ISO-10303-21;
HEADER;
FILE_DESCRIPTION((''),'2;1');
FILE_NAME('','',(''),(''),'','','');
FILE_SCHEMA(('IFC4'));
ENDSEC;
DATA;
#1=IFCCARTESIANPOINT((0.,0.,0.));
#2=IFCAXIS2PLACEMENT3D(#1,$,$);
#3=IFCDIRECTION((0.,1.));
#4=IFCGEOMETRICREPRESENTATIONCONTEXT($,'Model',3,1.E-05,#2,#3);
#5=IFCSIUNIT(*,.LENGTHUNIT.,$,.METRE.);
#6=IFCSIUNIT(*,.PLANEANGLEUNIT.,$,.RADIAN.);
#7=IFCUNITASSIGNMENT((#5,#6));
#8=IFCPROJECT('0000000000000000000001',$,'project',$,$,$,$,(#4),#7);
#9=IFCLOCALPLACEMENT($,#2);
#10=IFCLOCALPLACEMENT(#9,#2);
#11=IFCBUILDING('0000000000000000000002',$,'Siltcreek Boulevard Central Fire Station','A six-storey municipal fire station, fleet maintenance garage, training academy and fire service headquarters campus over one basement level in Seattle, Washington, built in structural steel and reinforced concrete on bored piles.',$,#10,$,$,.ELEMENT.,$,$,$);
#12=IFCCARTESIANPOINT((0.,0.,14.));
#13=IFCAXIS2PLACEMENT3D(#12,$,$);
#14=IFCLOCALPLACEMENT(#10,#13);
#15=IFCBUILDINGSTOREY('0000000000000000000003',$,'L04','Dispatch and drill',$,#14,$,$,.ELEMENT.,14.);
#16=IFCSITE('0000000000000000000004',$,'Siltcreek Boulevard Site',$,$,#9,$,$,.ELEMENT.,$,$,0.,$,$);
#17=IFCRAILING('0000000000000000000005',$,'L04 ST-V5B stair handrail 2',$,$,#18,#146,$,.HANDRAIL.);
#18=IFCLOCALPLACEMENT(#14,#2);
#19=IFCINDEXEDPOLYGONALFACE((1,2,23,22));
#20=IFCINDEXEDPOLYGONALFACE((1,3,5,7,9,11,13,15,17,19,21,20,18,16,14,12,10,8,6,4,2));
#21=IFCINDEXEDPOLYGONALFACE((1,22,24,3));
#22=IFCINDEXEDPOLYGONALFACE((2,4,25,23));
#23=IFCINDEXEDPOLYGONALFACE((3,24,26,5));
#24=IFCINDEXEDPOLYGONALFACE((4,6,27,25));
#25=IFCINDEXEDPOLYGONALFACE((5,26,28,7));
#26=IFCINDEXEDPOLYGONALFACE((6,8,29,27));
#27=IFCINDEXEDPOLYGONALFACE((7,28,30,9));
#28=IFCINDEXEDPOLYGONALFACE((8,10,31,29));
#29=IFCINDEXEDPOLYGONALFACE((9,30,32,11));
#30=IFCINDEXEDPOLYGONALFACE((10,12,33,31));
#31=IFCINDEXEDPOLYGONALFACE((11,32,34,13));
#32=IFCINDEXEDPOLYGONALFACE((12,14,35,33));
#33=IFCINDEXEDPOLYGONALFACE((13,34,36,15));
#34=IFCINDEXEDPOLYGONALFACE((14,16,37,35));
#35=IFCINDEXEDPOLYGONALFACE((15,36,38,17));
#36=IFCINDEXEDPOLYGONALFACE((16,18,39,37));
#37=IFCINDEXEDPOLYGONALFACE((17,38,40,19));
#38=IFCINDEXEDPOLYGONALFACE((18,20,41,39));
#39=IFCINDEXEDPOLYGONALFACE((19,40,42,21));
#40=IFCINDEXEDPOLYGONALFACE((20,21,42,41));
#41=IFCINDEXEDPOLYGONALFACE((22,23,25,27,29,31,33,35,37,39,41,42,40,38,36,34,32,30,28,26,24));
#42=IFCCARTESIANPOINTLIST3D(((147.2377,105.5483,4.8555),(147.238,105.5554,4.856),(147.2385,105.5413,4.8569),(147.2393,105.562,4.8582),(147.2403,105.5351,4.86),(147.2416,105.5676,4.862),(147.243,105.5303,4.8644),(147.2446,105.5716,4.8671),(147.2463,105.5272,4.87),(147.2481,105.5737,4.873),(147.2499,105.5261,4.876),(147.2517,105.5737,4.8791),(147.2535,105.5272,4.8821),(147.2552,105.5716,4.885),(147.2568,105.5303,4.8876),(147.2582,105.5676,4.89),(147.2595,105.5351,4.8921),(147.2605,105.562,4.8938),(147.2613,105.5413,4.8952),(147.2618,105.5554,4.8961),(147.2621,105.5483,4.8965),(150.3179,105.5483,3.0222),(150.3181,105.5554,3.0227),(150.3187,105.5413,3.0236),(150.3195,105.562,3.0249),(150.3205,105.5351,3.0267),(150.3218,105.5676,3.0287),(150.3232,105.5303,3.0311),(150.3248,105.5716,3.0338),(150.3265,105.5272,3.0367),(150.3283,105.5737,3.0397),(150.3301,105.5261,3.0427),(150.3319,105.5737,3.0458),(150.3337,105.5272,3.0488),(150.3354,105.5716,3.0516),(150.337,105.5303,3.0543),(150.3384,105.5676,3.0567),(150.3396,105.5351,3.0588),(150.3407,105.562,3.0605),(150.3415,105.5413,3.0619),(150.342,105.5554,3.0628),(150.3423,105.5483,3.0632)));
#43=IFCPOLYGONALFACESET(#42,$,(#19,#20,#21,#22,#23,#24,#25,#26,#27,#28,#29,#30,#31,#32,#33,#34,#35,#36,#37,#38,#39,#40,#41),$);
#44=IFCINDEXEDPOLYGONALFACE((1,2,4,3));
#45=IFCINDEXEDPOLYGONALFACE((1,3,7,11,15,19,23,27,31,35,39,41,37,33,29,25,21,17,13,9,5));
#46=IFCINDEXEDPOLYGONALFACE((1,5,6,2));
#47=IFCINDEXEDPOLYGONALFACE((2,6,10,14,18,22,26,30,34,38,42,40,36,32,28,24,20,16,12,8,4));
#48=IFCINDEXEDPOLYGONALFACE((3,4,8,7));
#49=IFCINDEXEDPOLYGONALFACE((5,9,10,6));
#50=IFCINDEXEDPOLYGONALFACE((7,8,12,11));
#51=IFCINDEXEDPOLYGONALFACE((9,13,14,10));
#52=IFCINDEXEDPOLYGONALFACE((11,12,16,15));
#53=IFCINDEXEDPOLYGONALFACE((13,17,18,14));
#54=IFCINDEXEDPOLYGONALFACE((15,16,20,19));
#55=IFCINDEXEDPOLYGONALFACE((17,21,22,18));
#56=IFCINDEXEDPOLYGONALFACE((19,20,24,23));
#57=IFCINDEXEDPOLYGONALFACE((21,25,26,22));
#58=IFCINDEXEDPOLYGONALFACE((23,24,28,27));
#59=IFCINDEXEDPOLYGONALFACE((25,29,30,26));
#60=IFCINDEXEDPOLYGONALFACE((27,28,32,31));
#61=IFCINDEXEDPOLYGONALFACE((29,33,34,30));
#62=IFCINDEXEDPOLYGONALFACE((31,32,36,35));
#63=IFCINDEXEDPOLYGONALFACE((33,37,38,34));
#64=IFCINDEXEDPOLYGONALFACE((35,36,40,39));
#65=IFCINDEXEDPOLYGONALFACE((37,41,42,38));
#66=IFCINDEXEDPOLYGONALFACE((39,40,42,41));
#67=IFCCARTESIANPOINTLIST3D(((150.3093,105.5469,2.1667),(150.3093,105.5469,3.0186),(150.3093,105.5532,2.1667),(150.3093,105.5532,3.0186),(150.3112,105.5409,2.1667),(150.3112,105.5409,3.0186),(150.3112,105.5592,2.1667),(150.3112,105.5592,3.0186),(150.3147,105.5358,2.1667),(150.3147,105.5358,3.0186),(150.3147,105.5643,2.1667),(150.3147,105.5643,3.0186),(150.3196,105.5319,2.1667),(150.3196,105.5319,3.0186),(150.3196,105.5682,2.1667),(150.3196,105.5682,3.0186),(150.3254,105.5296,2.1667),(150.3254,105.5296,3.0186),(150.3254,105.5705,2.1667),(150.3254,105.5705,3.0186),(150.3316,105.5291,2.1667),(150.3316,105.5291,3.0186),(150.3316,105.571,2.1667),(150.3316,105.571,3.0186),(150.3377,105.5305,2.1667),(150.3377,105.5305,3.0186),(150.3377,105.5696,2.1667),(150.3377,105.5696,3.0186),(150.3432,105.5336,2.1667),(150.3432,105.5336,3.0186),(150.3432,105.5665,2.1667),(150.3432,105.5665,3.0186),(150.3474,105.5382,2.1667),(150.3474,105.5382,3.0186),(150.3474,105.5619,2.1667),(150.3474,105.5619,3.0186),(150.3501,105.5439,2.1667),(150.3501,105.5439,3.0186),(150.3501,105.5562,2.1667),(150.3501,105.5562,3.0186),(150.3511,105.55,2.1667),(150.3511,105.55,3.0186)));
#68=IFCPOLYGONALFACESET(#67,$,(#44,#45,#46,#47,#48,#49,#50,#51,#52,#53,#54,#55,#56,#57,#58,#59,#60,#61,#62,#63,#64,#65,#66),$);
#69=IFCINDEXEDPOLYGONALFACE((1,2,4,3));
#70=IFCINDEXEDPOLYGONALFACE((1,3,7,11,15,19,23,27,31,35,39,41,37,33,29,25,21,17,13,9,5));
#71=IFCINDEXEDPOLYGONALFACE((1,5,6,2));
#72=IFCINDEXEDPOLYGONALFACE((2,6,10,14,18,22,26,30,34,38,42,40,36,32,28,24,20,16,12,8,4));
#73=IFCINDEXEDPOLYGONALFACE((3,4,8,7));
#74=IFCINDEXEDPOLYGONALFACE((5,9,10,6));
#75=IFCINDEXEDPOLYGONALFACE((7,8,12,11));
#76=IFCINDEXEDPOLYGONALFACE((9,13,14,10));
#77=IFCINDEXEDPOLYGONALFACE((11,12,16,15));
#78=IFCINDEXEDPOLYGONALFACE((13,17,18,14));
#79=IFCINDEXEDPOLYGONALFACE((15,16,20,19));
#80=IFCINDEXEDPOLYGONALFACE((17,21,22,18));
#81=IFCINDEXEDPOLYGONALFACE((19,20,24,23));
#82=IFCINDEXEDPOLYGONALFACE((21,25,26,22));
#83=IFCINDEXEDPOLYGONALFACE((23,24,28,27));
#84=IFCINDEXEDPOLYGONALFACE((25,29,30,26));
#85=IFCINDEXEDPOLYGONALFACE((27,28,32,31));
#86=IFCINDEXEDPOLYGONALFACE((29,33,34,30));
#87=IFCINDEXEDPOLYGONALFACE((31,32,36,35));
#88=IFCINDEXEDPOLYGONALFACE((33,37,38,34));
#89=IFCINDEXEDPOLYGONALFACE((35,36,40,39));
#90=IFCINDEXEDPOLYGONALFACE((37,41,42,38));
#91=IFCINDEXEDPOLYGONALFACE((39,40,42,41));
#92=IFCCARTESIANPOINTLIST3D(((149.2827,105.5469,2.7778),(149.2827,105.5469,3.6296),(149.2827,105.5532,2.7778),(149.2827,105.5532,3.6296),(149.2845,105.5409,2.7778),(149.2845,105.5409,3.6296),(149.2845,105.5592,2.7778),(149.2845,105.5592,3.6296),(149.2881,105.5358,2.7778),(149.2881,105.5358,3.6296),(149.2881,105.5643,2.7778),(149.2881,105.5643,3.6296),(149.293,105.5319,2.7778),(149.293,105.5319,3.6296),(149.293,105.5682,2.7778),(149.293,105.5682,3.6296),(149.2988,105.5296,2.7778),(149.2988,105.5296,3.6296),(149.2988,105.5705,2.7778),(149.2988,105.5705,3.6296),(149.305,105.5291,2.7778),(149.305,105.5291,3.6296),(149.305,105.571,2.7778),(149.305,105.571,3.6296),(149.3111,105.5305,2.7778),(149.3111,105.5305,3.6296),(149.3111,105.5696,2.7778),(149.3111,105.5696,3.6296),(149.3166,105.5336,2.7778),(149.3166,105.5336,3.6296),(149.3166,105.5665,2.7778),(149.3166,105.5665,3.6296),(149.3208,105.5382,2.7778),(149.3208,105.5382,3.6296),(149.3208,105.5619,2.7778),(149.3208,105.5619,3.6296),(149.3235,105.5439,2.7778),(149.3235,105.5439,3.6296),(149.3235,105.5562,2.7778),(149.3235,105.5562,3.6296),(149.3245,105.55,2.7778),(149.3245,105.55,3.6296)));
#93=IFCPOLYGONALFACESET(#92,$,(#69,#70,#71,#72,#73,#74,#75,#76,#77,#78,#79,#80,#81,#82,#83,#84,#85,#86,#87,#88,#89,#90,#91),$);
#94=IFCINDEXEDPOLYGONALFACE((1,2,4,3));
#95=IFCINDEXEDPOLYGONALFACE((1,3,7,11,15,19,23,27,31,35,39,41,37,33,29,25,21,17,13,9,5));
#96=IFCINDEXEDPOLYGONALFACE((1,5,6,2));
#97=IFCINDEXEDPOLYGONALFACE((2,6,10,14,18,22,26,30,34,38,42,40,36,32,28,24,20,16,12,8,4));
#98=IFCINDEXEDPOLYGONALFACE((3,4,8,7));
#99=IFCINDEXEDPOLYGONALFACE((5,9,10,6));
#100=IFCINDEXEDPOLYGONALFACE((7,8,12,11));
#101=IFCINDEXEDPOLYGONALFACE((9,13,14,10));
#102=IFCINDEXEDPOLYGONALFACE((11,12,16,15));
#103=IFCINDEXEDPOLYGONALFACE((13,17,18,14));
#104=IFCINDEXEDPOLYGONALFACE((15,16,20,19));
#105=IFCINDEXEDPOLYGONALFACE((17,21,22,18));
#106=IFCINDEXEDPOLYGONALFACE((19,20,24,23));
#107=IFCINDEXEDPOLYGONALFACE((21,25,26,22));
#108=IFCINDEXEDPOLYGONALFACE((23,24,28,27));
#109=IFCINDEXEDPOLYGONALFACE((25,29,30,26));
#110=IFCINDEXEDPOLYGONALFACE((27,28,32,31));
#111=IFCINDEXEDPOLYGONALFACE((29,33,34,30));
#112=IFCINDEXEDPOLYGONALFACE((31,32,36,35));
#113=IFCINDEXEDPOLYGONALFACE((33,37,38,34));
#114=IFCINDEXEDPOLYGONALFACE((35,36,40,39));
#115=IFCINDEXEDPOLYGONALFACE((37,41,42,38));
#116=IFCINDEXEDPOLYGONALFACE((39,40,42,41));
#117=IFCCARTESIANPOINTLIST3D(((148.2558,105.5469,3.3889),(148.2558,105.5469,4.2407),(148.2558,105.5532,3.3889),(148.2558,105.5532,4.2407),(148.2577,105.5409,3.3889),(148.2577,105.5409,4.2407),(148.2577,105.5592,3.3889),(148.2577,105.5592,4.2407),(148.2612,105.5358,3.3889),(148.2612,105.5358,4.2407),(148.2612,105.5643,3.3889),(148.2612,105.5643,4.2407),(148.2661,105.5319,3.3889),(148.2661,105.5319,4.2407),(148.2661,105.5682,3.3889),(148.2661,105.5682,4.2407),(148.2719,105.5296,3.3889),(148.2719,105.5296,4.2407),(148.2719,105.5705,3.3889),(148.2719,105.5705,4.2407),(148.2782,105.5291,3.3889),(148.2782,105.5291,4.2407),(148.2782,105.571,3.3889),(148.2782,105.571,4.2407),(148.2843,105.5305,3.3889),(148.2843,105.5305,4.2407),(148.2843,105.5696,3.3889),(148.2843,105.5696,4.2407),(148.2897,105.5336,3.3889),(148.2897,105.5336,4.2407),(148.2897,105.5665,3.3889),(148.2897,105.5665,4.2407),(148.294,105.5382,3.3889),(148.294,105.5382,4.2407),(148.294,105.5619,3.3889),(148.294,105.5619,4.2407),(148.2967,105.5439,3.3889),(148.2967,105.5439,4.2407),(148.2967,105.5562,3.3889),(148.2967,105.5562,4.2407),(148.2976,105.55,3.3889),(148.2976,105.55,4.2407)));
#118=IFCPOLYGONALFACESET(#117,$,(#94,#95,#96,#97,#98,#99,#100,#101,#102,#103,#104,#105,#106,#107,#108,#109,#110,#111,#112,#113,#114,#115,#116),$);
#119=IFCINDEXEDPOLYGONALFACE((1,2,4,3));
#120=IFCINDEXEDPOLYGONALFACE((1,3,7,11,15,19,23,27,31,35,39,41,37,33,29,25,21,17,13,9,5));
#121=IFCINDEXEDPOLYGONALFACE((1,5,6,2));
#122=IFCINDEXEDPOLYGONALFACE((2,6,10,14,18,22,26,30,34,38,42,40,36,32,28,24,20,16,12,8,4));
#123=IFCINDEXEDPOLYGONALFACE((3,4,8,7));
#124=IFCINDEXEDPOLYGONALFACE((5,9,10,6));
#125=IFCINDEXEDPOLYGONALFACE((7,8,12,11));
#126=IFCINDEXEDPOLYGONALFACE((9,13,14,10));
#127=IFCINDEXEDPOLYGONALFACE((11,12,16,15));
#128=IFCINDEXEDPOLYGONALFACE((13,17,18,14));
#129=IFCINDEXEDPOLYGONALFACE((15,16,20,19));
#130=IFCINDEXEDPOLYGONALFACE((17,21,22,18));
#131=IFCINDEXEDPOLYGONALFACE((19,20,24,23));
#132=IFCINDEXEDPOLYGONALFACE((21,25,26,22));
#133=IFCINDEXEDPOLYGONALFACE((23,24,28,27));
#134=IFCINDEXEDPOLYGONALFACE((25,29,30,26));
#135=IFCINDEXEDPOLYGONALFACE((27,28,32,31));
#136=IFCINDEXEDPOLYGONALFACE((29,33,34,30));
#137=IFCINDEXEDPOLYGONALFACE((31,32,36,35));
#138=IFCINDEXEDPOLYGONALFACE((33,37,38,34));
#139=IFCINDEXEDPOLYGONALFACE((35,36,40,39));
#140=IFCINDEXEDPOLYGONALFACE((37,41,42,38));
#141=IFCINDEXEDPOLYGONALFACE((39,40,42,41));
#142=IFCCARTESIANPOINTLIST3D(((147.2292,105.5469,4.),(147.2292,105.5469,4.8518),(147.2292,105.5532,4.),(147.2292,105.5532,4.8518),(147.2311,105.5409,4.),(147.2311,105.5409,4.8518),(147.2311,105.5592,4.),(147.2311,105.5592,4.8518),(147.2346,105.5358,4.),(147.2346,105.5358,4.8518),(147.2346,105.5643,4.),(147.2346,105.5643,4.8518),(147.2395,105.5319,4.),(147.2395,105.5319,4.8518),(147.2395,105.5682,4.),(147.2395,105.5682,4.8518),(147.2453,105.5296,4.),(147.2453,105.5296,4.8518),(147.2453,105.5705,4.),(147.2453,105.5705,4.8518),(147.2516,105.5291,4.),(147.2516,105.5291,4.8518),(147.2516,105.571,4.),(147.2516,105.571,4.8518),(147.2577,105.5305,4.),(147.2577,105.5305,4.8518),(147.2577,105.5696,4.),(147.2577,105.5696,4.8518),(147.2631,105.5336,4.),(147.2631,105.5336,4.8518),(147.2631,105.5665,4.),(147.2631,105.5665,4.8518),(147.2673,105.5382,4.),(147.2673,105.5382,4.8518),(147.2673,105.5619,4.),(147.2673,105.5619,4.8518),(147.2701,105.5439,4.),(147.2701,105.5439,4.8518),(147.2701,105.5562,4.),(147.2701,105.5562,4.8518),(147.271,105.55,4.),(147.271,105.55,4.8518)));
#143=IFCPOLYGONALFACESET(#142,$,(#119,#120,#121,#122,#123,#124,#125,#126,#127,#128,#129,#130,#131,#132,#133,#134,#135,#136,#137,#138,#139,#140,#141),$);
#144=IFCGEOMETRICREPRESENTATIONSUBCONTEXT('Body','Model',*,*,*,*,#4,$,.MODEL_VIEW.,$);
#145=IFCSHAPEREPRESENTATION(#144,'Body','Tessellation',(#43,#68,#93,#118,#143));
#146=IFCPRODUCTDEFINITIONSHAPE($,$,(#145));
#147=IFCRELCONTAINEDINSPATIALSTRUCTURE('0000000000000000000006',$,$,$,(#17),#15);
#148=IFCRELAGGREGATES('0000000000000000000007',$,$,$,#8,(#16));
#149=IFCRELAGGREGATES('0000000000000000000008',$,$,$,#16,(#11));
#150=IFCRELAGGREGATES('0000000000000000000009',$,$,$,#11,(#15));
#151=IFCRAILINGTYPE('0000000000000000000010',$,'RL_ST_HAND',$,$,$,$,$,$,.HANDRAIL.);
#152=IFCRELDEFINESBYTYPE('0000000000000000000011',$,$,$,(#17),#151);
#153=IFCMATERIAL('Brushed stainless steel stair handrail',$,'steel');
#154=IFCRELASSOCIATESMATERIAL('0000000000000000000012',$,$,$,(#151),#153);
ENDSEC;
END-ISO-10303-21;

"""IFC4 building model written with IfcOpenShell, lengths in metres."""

from ifc_helpers import new_model, si_unit, direction, frame, origin, origin_2d, place, context, subcontext, project, spatial, circle, extrude, material, type_object, element, save


model = new_model("IFC4")

# Units and contexts
model_context = context("Model", 3, precision=1e-05, world=origin(), true_north=direction((0.0, 1.0)))
body_context = subcontext(model_context, "Body", "Model", "MODEL_VIEW")
ifc_project = project(units=[si_unit("LENGTHUNIT", "METRE"), si_unit("PLANEANGLEUNIT", "RADIAN")], contexts=[model_context])

# Site, building, storey
site_placement = place(None, origin())
site = spatial("IfcSite", under=ifc_project, at=site_placement, Name="Siltcreek Boulevard Site", CompositionType="ELEMENT", RefElevation=0.0)
building_placement = place(site_placement, origin())
building = spatial("IfcBuilding", under=site, at=building_placement, Name="Siltcreek Boulevard Central Fire Station", Description="A six-storey municipal fire station, fleet maintenance garage, training academy and fire service headquarters campus over one basement level in Seattle, Washington, built in structural steel and reinforced concrete on bored piles.", CompositionType="ELEMENT")
storey_placement = place(building_placement, frame((0.0, 0.0, 14.0)))
storey = spatial("IfcBuildingStorey", under=building, at=storey_placement, Name="L04", Description="Dispatch and drill", CompositionType="ELEMENT", Elevation=14.0)

# Railing
ifc_material_1 = material(Name="Brushed stainless steel stair handrail", Category="steel")
railing_type_1 = type_object("IfcRailingType", Name="RL_ST_HAND", PredefinedType="HANDRAIL", material=ifc_material_1)
railing_1_placement = place(storey_placement, frame((150.3301, 105.55, 2.1667)))
element("IfcRailing", 1, at=railing_1_placement, inside=storey, type_object=railing_type_1, Name="L04 ST-V5B stair handrail 2", PredefinedType="HANDRAIL", context=body_context, shape_type="SweptSolid", body=[
    extrude(circle(Radius=0.0239, at=origin_2d()), frame((0.0, 0.0, 0.876), z_axis=(-0.859309, 0.0, 0.511458), x_axis=(0.0, -1.0, 0.0)), (0.0, 0.0, 1.0), 3.5845),
    extrude(circle(Radius=0.021, at=origin_2d()), origin(), (0.0, 0.0, 1.0), 0.8518),
    extrude(circle(Radius=0.021, at=origin_2d()), frame((-1.0266, 0.0, 0.6111)), (0.0, 0.0, 1.0), 0.8518),
    extrude(circle(Radius=0.021, at=origin_2d()), frame((-2.0535, 0.0, 1.2222)), (0.0, 0.0, 1.0), 0.8518),
    extrude(circle(Radius=0.021, at=origin_2d()), frame((-3.0801, 0.0, 1.8333)), (0.0, 0.0, 1.0), 0.8518),
])

save(model, "model.ifc")
